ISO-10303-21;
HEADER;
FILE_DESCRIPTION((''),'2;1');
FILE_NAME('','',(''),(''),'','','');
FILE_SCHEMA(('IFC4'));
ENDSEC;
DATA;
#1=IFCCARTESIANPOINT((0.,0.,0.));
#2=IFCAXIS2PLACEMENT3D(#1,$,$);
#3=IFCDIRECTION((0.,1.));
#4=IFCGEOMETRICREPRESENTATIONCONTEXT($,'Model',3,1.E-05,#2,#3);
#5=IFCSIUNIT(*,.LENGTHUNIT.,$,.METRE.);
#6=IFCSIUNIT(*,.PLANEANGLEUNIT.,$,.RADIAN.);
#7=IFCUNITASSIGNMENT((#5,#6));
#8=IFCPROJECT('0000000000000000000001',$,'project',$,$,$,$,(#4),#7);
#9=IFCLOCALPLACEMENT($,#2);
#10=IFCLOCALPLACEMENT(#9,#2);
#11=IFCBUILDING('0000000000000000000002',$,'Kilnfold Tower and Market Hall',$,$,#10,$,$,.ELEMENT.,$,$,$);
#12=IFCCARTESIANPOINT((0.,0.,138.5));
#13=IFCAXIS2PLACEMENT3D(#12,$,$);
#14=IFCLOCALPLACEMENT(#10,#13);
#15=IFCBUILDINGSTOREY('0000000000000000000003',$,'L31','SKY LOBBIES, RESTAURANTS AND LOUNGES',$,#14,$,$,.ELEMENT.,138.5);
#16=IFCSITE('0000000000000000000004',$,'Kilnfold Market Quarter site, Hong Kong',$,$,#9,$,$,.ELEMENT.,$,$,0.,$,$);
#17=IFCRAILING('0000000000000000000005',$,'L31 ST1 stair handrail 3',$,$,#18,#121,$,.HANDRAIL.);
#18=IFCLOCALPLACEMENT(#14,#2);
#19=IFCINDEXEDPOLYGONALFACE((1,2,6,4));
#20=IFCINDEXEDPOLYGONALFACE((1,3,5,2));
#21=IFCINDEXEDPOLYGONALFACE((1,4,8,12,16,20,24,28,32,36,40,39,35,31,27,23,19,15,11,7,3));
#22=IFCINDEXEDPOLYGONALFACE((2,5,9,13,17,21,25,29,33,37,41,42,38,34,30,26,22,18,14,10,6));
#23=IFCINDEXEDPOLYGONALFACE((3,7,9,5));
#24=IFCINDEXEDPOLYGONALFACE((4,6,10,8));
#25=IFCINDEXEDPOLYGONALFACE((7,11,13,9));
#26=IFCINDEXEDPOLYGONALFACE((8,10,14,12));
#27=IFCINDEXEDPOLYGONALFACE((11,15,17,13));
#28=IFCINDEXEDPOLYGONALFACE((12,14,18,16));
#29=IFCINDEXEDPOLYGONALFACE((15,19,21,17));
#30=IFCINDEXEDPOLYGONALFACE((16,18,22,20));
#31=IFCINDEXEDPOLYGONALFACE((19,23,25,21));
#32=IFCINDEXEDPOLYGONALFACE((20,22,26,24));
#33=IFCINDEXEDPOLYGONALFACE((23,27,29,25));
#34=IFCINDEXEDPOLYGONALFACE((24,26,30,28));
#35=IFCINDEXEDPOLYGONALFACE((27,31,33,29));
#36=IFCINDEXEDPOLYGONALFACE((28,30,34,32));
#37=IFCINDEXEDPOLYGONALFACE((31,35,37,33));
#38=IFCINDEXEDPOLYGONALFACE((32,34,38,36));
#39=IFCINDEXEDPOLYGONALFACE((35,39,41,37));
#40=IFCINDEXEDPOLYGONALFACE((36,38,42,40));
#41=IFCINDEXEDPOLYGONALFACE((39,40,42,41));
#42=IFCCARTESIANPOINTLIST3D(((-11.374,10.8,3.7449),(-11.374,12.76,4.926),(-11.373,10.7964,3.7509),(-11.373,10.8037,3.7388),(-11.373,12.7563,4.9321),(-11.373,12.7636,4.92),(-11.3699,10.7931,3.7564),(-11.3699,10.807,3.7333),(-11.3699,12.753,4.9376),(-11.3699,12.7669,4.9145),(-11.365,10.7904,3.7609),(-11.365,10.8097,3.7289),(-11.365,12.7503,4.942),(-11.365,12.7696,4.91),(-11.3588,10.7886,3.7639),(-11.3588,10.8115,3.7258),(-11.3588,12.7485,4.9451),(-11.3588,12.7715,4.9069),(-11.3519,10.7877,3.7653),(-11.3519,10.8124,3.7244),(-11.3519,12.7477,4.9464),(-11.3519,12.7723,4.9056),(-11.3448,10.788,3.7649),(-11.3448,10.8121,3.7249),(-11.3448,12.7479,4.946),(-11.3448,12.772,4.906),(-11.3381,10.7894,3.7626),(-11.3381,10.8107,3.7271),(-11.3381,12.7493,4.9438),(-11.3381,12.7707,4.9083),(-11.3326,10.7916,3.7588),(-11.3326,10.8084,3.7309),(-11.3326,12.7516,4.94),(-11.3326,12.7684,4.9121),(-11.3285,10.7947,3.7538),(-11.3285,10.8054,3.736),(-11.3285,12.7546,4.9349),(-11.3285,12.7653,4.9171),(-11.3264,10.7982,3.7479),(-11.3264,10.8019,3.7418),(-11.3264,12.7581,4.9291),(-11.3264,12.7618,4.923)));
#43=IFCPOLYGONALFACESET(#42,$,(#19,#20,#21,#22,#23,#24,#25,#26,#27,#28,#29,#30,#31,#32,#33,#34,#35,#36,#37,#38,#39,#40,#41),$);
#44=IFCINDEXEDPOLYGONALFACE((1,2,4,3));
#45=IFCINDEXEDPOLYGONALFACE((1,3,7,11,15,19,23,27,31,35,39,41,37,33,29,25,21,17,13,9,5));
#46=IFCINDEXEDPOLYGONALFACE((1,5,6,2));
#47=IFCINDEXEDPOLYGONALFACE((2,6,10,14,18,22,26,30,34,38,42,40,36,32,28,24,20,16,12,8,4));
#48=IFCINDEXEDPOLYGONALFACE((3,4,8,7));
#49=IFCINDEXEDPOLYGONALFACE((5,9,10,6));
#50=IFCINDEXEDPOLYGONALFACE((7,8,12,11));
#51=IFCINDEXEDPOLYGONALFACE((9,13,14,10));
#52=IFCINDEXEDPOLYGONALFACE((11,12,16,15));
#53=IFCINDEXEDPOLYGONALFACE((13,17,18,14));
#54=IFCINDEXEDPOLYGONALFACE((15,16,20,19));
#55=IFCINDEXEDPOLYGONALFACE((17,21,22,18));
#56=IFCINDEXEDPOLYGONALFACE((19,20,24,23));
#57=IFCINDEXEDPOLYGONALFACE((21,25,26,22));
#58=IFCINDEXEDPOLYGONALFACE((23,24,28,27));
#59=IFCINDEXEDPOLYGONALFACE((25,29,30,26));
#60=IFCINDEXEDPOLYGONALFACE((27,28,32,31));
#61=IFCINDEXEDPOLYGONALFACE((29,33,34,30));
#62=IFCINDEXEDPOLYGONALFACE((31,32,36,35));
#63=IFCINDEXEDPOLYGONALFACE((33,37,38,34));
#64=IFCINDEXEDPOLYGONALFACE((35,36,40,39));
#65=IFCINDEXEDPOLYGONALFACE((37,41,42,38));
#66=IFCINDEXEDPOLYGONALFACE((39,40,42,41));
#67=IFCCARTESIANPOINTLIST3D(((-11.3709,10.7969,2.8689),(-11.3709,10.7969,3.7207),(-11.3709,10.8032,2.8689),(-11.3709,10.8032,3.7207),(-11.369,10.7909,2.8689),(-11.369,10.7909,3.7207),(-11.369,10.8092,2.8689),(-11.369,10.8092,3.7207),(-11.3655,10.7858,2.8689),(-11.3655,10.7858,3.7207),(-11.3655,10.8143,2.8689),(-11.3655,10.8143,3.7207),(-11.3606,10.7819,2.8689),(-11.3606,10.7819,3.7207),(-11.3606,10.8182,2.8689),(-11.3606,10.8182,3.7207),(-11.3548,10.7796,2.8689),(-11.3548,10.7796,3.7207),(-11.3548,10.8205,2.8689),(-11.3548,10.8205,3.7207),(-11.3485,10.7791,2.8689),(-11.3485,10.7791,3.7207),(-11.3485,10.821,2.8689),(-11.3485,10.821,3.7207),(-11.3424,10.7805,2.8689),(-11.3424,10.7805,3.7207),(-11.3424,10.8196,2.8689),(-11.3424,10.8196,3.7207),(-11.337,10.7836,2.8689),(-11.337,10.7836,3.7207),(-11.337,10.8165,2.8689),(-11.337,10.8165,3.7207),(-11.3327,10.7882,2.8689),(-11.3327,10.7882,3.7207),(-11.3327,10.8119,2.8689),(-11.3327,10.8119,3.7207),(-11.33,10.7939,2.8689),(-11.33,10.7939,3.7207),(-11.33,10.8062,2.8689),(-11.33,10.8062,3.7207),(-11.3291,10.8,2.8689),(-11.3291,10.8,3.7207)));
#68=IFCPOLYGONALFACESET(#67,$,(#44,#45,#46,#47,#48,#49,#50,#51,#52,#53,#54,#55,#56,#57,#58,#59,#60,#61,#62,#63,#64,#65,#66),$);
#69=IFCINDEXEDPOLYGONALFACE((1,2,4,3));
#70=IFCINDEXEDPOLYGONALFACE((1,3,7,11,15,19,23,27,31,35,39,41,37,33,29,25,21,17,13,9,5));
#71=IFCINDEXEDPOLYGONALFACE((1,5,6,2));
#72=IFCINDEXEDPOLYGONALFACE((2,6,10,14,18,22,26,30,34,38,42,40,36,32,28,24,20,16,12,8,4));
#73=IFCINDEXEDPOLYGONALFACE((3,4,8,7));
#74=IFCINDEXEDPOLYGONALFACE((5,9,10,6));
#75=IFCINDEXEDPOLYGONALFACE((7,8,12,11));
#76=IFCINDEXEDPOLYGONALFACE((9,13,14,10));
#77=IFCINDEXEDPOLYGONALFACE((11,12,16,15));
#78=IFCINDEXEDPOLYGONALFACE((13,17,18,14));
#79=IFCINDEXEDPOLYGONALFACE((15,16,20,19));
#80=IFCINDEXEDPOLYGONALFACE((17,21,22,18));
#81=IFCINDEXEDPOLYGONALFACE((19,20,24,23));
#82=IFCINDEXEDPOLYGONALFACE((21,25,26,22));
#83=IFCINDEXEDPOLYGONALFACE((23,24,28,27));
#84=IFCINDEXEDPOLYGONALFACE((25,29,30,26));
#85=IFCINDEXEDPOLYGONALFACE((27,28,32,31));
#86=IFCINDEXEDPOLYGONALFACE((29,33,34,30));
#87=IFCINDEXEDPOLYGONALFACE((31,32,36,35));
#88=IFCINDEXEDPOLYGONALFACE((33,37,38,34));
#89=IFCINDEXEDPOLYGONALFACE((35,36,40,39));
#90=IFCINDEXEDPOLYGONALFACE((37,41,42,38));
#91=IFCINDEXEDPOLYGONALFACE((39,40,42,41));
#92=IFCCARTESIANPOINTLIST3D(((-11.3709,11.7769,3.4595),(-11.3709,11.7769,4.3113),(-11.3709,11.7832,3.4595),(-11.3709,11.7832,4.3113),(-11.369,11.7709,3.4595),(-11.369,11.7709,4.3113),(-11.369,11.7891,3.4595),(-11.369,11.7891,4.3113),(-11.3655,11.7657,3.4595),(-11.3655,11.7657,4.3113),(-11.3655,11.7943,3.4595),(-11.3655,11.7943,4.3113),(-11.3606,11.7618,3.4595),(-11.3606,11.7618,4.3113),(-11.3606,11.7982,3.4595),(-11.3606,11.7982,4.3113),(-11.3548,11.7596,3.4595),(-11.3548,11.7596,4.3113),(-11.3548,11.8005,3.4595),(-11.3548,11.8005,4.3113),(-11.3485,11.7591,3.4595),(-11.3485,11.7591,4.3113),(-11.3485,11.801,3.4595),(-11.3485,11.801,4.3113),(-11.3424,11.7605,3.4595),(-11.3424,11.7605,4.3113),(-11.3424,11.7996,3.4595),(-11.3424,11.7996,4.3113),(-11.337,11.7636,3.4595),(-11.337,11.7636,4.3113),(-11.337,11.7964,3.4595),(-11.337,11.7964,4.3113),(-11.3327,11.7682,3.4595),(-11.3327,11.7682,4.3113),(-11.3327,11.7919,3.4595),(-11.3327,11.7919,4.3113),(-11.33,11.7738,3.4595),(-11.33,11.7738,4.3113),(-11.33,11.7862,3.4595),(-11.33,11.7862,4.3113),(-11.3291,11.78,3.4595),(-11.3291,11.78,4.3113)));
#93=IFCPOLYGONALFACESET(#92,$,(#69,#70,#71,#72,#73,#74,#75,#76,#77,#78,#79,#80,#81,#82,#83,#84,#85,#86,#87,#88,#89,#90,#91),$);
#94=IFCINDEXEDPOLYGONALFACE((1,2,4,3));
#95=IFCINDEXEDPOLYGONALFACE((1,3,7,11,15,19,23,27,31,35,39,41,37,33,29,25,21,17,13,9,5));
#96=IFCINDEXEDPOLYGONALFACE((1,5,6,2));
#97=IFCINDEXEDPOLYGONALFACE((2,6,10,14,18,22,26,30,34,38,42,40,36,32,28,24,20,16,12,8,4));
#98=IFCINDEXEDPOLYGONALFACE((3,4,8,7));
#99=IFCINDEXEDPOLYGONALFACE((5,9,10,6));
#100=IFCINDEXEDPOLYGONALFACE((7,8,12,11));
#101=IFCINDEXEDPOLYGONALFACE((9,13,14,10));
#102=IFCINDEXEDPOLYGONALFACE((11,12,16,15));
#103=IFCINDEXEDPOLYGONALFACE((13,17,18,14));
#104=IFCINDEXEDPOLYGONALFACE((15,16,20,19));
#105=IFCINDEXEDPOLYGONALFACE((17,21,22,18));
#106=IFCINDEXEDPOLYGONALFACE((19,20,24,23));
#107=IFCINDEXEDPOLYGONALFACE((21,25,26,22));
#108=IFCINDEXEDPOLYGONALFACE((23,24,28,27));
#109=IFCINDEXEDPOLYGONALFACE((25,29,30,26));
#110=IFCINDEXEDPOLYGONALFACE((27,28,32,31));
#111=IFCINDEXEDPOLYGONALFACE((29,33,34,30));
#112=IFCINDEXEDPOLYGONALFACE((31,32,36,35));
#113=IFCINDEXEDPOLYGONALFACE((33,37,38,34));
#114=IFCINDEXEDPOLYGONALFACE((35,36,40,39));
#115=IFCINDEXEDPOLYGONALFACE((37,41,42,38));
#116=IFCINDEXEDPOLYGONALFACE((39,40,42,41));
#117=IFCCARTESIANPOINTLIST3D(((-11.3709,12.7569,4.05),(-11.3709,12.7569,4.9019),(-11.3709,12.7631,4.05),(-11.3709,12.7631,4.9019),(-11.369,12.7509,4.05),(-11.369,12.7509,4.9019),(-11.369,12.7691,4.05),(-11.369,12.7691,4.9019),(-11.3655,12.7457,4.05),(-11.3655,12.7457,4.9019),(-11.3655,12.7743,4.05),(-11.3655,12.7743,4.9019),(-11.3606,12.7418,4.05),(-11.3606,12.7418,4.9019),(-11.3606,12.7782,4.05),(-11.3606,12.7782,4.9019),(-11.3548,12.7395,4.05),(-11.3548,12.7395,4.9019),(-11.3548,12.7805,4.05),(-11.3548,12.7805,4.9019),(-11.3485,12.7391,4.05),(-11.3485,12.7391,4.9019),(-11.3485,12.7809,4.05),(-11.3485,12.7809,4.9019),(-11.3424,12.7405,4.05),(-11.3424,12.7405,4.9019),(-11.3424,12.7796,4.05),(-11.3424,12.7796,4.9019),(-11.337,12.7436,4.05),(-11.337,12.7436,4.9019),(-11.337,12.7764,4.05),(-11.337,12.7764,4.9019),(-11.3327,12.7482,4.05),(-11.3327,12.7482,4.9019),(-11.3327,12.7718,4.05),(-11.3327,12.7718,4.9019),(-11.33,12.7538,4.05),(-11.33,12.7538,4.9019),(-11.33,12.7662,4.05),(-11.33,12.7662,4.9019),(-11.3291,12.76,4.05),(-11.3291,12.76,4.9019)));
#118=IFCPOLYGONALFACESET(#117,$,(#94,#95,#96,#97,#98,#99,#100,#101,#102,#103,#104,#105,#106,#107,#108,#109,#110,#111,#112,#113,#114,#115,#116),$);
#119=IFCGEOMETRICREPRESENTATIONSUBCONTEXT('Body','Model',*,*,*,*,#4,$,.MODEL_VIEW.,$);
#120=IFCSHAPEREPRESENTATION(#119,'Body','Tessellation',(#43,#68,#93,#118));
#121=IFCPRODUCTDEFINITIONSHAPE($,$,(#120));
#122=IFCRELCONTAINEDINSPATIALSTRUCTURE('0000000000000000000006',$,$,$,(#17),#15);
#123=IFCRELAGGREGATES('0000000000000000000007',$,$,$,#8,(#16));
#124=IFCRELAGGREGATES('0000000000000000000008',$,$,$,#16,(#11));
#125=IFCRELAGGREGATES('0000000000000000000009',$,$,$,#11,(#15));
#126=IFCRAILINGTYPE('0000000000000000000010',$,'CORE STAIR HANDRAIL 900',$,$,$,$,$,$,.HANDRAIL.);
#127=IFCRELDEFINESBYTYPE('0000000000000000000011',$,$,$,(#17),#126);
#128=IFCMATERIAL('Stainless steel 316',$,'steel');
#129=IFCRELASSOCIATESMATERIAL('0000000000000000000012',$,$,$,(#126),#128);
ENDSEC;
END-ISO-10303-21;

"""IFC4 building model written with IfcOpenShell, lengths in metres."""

from ifc_helpers import new_model, si_unit, direction, frame, origin, origin_2d, place, context, subcontext, project, spatial, circle, extrude, material, type_object, element, save


model = new_model("IFC4")

# Units and contexts
model_context = context("Model", 3, precision=1e-05, world=origin(), true_north=direction((0.0, 1.0)))
body_context = subcontext(model_context, "Body", "Model", "MODEL_VIEW")
ifc_project = project(units=[si_unit("LENGTHUNIT", "METRE"), si_unit("PLANEANGLEUNIT", "RADIAN")], contexts=[model_context])

# Site, building, storey
site_placement = place(None, origin())
site = spatial("IfcSite", under=ifc_project, at=site_placement, Name="Kilnfold Market Quarter site, Hong Kong", CompositionType="ELEMENT", RefElevation=0.0)
building_placement = place(site_placement, origin())
building = spatial("IfcBuilding", under=site, at=building_placement, Name="Kilnfold Tower and Market Hall", CompositionType="ELEMENT")
storey_placement = place(building_placement, frame((0.0, 0.0, 138.5)))
storey = spatial("IfcBuildingStorey", under=building, at=storey_placement, Name="L31", Description="SKY LOBBIES, RESTAURANTS AND LOUNGES", CompositionType="ELEMENT", Elevation=138.5)

# Railing
ifc_material_1 = material(Name="Stainless steel 316", Category="steel")
railing_type_1 = type_object("IfcRailingType", Name="CORE STAIR HANDRAIL 900", PredefinedType="HANDRAIL", material=ifc_material_1)
railing_1_placement = place(storey_placement, frame((-11.3501, 10.8, 2.8689)))
element("IfcRailing", 1, at=railing_1_placement, inside=storey, type_object=railing_type_1, Name="L31 ST1 stair handrail 3", PredefinedType="HANDRAIL", context=body_context, shape_type="SweptSolid", body=[
    extrude(circle(Radius=0.0239, at=origin_2d()), frame((0.0, 0.0, 0.876), z_axis=(0.0, 0.856493, 0.516158), x_axis=(-1.0, 0.0, 0.0)), (0.0, 0.0, 1.0), 2.2883),
    extrude(circle(Radius=0.021, at=origin_2d()), origin(), (0.0, 0.0, 1.0), 0.8518),
    extrude(circle(Radius=0.021, at=origin_2d()), frame((0.0, 0.98, 0.5906)), (0.0, 0.0, 1.0), 0.8518),
    extrude(circle(Radius=0.021, at=origin_2d()), frame((0.0, 1.96, 1.1812)), (0.0, 0.0, 1.0), 0.8518),
])

save(model, "model.ifc")
